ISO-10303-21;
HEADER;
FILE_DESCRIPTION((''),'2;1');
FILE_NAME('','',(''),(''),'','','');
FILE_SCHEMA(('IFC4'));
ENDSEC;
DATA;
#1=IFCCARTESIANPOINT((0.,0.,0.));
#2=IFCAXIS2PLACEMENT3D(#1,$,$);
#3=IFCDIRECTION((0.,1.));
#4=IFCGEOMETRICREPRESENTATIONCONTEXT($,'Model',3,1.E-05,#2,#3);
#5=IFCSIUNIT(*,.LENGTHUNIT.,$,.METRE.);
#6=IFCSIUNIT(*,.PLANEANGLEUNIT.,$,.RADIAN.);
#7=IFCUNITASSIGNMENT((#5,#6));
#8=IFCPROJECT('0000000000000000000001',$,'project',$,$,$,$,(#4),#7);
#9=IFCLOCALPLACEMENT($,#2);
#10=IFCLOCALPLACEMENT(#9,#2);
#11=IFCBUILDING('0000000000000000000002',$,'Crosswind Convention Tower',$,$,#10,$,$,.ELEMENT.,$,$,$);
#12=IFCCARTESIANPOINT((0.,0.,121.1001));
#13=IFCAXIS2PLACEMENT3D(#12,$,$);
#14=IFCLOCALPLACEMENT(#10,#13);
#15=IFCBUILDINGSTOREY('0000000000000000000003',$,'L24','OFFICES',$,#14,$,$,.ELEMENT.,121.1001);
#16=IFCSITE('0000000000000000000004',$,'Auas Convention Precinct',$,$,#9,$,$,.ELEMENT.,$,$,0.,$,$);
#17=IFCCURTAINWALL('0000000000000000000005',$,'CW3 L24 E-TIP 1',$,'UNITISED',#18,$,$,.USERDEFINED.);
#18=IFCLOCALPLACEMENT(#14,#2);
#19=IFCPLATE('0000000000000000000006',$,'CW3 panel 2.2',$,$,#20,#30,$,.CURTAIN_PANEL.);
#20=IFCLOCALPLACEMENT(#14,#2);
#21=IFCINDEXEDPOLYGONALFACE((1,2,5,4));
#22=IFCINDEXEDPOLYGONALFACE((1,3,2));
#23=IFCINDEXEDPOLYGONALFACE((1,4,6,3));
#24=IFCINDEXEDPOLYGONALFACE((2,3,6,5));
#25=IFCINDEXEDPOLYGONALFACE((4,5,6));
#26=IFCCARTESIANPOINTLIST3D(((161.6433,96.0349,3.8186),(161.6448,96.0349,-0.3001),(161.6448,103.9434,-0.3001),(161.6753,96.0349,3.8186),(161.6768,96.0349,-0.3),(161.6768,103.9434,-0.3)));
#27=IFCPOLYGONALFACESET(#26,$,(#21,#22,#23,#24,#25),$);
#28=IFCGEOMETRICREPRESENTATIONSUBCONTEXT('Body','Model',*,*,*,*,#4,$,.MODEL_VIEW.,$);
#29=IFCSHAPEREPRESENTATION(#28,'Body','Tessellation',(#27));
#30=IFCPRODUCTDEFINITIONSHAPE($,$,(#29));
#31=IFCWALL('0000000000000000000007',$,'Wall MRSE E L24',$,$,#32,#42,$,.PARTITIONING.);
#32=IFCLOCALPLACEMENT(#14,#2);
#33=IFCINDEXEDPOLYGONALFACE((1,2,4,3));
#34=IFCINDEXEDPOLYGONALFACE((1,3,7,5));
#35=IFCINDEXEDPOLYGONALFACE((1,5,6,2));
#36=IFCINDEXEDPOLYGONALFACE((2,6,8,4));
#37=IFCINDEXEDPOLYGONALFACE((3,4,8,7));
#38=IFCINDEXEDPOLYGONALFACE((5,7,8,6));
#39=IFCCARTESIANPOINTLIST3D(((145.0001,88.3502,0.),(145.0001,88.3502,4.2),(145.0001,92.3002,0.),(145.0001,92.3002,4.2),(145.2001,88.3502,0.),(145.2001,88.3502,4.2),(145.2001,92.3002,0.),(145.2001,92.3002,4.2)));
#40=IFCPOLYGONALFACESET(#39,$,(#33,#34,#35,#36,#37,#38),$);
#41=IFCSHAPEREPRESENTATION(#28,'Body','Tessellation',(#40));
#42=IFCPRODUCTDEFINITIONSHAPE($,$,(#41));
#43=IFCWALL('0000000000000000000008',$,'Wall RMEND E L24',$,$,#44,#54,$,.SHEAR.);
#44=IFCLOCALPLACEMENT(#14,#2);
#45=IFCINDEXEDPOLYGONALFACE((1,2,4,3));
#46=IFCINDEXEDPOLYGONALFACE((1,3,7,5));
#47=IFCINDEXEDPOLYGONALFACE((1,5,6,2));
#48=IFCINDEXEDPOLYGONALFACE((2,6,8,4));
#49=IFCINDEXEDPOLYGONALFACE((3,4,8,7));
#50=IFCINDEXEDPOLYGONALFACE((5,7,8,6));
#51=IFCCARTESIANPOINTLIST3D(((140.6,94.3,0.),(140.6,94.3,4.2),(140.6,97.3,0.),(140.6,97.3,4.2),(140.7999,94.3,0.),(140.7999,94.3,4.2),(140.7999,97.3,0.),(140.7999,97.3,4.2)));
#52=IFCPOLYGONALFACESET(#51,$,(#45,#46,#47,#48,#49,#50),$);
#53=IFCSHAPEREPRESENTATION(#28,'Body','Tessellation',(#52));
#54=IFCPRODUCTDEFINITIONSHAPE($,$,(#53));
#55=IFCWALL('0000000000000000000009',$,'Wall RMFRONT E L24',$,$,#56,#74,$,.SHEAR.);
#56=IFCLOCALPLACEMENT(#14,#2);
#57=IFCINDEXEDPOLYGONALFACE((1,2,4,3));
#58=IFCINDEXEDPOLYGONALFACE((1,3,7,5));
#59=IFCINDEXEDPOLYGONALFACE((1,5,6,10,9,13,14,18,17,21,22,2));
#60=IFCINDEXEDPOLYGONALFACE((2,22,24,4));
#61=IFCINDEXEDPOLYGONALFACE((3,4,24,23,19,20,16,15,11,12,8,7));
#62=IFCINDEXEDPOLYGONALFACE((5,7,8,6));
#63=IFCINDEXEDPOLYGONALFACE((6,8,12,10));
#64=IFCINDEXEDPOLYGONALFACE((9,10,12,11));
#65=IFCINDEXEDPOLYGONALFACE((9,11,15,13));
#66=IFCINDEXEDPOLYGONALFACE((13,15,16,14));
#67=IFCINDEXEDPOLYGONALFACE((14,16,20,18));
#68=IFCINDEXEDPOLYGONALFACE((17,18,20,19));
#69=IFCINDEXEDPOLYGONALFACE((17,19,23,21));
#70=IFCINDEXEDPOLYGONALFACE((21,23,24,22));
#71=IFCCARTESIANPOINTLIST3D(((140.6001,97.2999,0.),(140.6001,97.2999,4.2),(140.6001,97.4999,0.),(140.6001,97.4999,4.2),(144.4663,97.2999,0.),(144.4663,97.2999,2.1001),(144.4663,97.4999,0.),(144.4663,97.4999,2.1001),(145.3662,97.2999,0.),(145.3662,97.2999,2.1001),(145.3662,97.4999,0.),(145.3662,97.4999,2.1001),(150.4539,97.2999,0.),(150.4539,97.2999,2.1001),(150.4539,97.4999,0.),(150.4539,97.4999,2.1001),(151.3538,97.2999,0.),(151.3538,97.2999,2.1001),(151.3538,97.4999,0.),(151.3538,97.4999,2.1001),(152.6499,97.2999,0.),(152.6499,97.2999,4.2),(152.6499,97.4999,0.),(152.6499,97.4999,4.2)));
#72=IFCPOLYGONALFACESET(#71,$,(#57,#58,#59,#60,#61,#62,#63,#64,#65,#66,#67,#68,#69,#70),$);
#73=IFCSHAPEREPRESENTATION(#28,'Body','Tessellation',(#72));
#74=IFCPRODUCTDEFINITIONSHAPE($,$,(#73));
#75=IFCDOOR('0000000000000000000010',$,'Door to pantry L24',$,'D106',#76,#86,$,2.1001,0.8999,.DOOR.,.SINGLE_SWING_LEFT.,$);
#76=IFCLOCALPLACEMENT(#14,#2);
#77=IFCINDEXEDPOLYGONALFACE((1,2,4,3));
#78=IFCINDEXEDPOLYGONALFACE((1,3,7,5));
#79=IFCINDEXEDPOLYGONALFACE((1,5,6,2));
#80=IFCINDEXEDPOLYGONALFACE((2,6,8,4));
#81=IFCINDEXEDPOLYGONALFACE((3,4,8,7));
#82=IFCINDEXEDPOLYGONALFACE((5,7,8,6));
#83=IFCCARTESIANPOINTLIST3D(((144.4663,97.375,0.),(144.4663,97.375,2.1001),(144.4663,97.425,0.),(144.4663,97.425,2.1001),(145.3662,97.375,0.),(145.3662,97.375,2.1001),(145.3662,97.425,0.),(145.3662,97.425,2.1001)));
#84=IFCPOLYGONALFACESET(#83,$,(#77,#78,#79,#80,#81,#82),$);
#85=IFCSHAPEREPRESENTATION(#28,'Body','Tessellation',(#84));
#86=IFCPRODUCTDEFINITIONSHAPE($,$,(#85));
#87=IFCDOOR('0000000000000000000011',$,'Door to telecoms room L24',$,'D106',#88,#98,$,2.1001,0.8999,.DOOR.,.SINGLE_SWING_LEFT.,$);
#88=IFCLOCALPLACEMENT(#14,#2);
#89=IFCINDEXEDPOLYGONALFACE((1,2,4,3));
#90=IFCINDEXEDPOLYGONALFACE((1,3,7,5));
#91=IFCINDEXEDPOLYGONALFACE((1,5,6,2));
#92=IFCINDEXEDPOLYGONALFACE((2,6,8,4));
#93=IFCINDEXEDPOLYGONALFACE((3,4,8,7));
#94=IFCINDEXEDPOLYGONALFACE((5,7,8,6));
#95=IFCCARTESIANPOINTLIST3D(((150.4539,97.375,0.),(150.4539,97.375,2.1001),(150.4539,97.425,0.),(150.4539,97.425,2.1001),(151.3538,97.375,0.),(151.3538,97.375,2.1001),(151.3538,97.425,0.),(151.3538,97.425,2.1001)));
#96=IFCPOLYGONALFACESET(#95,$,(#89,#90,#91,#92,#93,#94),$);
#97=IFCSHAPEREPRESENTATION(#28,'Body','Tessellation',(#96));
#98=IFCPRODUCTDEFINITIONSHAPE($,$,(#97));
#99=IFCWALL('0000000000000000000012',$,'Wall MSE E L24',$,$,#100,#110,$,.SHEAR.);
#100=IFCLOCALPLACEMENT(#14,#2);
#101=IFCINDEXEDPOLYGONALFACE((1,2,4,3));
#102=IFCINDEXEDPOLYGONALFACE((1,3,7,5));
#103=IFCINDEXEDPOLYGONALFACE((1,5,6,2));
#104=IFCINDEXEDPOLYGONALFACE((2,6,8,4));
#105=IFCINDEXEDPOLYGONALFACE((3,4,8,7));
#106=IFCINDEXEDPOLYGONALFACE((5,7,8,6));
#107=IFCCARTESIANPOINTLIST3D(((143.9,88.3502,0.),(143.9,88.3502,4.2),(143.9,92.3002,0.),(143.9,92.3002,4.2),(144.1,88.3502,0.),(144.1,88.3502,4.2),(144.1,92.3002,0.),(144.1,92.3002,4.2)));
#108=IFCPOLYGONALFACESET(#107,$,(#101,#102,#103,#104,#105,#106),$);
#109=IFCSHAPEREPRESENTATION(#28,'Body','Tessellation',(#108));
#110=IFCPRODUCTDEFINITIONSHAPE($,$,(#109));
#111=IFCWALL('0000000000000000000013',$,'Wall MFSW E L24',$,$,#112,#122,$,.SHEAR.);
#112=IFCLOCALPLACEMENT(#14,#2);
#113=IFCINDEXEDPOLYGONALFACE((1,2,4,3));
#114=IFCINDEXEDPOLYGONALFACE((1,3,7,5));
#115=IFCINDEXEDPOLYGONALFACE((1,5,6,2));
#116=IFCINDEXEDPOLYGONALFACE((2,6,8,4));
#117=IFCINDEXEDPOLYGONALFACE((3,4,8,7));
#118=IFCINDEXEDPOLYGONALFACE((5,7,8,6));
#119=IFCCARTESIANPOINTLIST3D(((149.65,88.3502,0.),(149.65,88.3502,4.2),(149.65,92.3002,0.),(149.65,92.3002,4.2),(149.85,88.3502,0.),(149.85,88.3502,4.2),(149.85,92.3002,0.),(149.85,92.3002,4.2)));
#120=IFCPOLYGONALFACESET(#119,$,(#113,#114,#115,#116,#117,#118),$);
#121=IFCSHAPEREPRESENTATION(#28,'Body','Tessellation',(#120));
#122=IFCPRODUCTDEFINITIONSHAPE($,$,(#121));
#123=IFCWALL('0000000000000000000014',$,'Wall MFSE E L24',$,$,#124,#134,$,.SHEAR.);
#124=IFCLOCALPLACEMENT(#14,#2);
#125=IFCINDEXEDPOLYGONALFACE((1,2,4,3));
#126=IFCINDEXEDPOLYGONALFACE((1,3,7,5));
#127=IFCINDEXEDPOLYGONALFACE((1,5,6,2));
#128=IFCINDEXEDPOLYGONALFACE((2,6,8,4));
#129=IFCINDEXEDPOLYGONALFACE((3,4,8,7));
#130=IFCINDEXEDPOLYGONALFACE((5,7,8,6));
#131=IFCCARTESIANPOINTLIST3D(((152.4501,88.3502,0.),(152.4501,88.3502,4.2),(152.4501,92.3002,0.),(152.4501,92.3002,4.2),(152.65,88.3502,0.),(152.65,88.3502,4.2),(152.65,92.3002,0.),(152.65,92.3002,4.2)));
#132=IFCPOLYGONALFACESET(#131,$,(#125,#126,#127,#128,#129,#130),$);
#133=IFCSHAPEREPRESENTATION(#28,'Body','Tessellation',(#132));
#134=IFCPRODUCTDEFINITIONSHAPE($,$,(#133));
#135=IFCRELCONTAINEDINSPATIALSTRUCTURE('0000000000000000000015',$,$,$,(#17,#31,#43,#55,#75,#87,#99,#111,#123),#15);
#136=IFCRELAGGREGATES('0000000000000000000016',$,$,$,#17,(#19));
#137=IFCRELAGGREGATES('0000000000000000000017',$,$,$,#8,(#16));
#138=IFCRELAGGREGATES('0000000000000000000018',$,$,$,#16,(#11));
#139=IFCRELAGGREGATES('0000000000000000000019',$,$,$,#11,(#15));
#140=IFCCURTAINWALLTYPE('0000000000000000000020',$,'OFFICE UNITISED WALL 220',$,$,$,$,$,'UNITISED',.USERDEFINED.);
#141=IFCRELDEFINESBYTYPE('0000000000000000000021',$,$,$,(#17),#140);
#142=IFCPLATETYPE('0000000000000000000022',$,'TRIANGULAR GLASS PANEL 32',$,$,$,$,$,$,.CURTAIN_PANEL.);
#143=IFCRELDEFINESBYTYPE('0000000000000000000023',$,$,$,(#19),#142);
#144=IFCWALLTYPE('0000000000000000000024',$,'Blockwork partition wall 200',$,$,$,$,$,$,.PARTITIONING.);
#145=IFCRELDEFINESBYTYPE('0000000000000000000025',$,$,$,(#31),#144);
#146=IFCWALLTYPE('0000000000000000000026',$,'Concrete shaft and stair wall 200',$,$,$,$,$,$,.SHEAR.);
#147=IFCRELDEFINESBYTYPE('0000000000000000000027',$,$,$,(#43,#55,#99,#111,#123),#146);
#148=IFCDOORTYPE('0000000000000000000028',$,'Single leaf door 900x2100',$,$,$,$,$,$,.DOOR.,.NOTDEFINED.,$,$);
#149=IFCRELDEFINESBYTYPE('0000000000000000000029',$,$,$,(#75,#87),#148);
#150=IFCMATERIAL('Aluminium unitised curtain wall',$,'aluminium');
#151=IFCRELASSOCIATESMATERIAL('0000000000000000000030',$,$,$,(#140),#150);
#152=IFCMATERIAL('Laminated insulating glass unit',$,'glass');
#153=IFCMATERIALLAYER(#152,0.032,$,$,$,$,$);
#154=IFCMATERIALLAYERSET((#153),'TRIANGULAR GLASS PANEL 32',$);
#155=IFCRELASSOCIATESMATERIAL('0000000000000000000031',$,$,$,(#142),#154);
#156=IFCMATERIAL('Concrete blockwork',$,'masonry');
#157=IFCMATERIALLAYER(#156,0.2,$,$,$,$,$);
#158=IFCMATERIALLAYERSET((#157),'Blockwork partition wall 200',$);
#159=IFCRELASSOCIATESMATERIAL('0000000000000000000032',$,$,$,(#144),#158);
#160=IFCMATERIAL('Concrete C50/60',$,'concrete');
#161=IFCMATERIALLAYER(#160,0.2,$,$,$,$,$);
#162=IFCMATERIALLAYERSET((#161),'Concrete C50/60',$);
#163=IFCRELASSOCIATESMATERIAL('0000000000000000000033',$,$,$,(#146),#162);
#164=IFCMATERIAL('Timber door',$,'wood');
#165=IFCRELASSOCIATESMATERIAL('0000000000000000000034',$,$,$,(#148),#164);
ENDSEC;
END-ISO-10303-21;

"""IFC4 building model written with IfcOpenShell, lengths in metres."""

from ifc_helpers import new_model, si_unit, direction, frame, frame_2d, origin, place, context, subcontext, project, spatial, polyline, rectangle, outline, extrude, material, layer, layer_set, type_object, element, fill, aggregate, save


model = new_model("IFC4")

# Units and contexts
model_context = context("Model", 3, precision=1e-05, world=origin(), true_north=direction((0.0, 1.0)))
body_context = subcontext(model_context, "Body", "Model", "MODEL_VIEW")
ifc_project = project(units=[si_unit("LENGTHUNIT", "METRE"), si_unit("PLANEANGLEUNIT", "RADIAN")], contexts=[model_context])

# Site, building, storey
site_placement = place(None, origin())
site = spatial("IfcSite", under=ifc_project, at=site_placement, Name="Auas Convention Precinct", CompositionType="ELEMENT", RefElevation=0.0)
building_placement = place(site_placement, origin())
building = spatial("IfcBuilding", under=site, at=building_placement, Name="Crosswind Convention Tower", CompositionType="ELEMENT")
storey_placement = place(building_placement, frame((0.0, 0.0, 121.1001)))
storey = spatial("IfcBuildingStorey", under=building, at=storey_placement, Name="L24", Description="OFFICES", CompositionType="ELEMENT", Elevation=121.1001)

# Curtain wall
ifc_material_1 = material(Name="Aluminium unitised curtain wall", Category="aluminium")
curtain_wall_type = type_object("IfcCurtainWallType", Name="OFFICE UNITISED WALL 220", ElementType="UNITISED", PredefinedType="USERDEFINED", material=ifc_material_1)
curtain_wall_placement = place(storey_placement, origin())
curtain_wall = element("IfcCurtainWall", 1, at=curtain_wall_placement, inside=storey, type_object=curtain_wall_type, Name="CW3 L24 E-TIP 1", ObjectType="UNITISED", PredefinedType="USERDEFINED")

# Plate
ifc_material_2 = material(Name="Laminated insulating glass unit", Category="glass")
ifc_layer_1 = layer(ifc_material_2, 0.032)
ifc_layer_set_1 = layer_set([ifc_layer_1], Name="TRIANGULAR GLASS PANEL 32")
plate_type = type_object("IfcPlateType", Name="TRIANGULAR GLASS PANEL 32", PredefinedType="CURTAIN_PANEL", material=ifc_layer_set_1)
plate_1_placement = place(storey_placement, frame((161.6768, 96.0349, -0.3), z_axis=(1.0, 0.0, 0.000356), x_axis=(0.0, 1.0, 0.0)))
plate_1 = element("IfcPlate", 2, at=plate_1_placement, type_object=plate_type, Name="CW3 panel 2.2", PredefinedType="CURTAIN_PANEL", context=body_context, shape_type="SweptSolid", body=[
    extrude(outline(polyline([(0.0, 0.0), (7.9084, 0.0), (0.0, 4.1187), (0.0, 0.0)])), origin(), (0.0, 0.0, -1.0), 0.032),
])
aggregate(curtain_wall, [plate_1])

# Wall
ifc_material_3 = material(Name="Concrete blockwork", Category="masonry")
ifc_layer_2 = layer(ifc_material_3, 0.2)
ifc_layer_set_2 = layer_set([ifc_layer_2], Name="Blockwork partition wall 200")
wall_type_1 = type_object("IfcWallType", Name="Blockwork partition wall 200", PredefinedType="PARTITIONING", material=ifc_layer_set_2)
wall_1_placement = place(storey_placement, frame((145.1001, 88.3501, 0.0), z_axis=(0.0, 0.0, 1.0), x_axis=(0.0, 1.0, 0.0)))
element("IfcWall", 3, at=wall_1_placement, inside=storey, type_object=wall_type_1, Name="Wall MRSE E L24", PredefinedType="PARTITIONING", context=body_context, shape_type="SweptSolid", body=[
    extrude(rectangle(XDim=3.95, YDim=0.2, at=frame_2d((1.9751, 0.0))), origin(), (0.0, 0.0, 1.0), 4.2),
])

# Wall
ifc_material_4 = material(Name="Concrete C50/60", Category="concrete")
ifc_layer_3 = layer(ifc_material_4, 0.2)
ifc_layer_set_3 = layer_set([ifc_layer_3], Name="Concrete C50/60")
wall_type_2 = type_object("IfcWallType", Name="Concrete shaft and stair wall 200", PredefinedType="SHEAR", material=ifc_layer_set_3)
wall_2_placement = place(storey_placement, frame((140.7, 94.3, 0.0), z_axis=(0.0, 0.0, 1.0), x_axis=(0.0, 1.0, 0.0)))
element("IfcWall", 4, at=wall_2_placement, inside=storey, type_object=wall_type_2, Name="Wall RMEND E L24", PredefinedType="SHEAR", context=body_context, shape_type="SweptSolid", body=[
    extrude(rectangle(XDim=3.0, YDim=0.2, at=frame_2d((1.5, 0.0))), origin(), (0.0, 0.0, 1.0), 4.2),
])

# Wall, openings, doors
wall_3_placement = place(storey_placement, frame((140.6001, 97.3999, 0.0), z_axis=(0.0, 0.0, 1.0), x_axis=(1.0, 0.0, 0.0)))
wall_3 = element("IfcWall", 5, at=wall_3_placement, inside=storey, type_object=wall_type_2, Name="Wall RMFRONT E L24", PredefinedType="SHEAR", context=body_context, shape_type="SweptSolid", body=[
    extrude(rectangle(XDim=12.0498, YDim=0.2, at=frame_2d((6.0249, 0.0))), origin(), (0.0, 0.0, 1.0), 4.2),
])
opening_1_placement = place(wall_3_placement, frame((3.8662, 0.0, 0.0)))
opening_1 = element("IfcOpeningElement", 6, at=opening_1_placement, cuts=wall_3, PredefinedType="OPENING", context=body_context, shape_type="SweptSolid", body=[
    extrude(rectangle(XDim=0.8999, YDim=2.1001, at=frame_2d((0.45, 1.05))), frame((0.0, 0.1099, 0.0), z_axis=(0.0, -1.0, 0.0), x_axis=(1.0, 0.0, 0.0)), (0.0, 0.0, 1.0), 0.22),
])
opening_2_placement = place(wall_3_placement, frame((9.8538, 0.0, 0.0)))
opening_2 = element("IfcOpeningElement", 7, at=opening_2_placement, cuts=wall_3, PredefinedType="OPENING", context=body_context, shape_type="SweptSolid", body=[
    extrude(rectangle(XDim=0.8999, YDim=2.1001, at=frame_2d((0.45, 1.05))), frame((0.0, 0.1099, 0.0), z_axis=(0.0, -1.0, 0.0), x_axis=(1.0, 0.0, 0.0)), (0.0, 0.0, 1.0), 0.22),
])
ifc_material_5 = material(Name="Timber door", Category="wood")
door_type_1 = type_object("IfcDoorType", Name="Single leaf door 900x2100", OperationType="NOTDEFINED", PredefinedType="DOOR", material=ifc_material_5)
door_1_placement = place(opening_1_placement, frame((0.8999, 0.0, 0.0), z_axis=(0.0, 0.0, 1.0), x_axis=(-1.0, 0.0, 0.0)))
door_1 = element("IfcDoor", 8, at=door_1_placement, inside=storey, type_object=door_type_1, Name="Door to pantry L24", ObjectType="D106", OperationType="SINGLE_SWING_LEFT", OverallHeight=2.1001, OverallWidth=0.8999, PredefinedType="DOOR", context=body_context, shape_type="SweptSolid", body=[
    extrude(rectangle(XDim=0.8999, YDim=2.1001, at=frame_2d((0.45, 1.05))), frame((0.0, 0.0249, 0.0), z_axis=(0.0, -1.0, 0.0), x_axis=(1.0, 0.0, 0.0)), (0.0, 0.0, 1.0), 0.05),
])
fill(opening_1, door_1)
door_2_placement = place(opening_2_placement, frame((0.8999, 0.0, 0.0), z_axis=(0.0, 0.0, 1.0), x_axis=(-1.0, 0.0, 0.0)))
door_2 = element("IfcDoor", 9, at=door_2_placement, inside=storey, type_object=door_type_1, Name="Door to telecoms room L24", ObjectType="D106", OperationType="SINGLE_SWING_LEFT", OverallHeight=2.1001, OverallWidth=0.8999, PredefinedType="DOOR", context=body_context, shape_type="SweptSolid", body=[
    extrude(rectangle(XDim=0.8999, YDim=2.1001, at=frame_2d((0.45, 1.05))), frame((0.0, 0.0249, 0.0), z_axis=(0.0, -1.0, 0.0), x_axis=(1.0, 0.0, 0.0)), (0.0, 0.0, 1.0), 0.05),
])
fill(opening_2, door_2)

# Walls
for number, where, z_axis, x_axis, name in (
    (10, (144.0, 88.3501, 0.0), (0.0, 0.0, 1.0), (0.0, 1.0, 0.0), "Wall MSE E L24"),
    (11, (149.75, 88.3501, 0.0), (0.0, 0.0, 1.0), (0.0, 1.0, 0.0), "Wall MFSW E L24"),
    (12, (152.55, 88.3501, 0.0), (0.0, 0.0, 1.0), (0.0, 1.0, 0.0), "Wall MFSE E L24"),
):
    element("IfcWall", number, at=place(storey_placement, frame(where, z_axis=z_axis, x_axis=x_axis)), inside=storey, type_object=wall_type_2, Name=name, PredefinedType="SHEAR", context=body_context, shape_type="SweptSolid", body=[
        extrude(rectangle(XDim=3.95, YDim=0.2, at=frame_2d((1.9751, 0.0))), origin(), (0.0, 0.0, 1.0), 4.2),
    ])

save(model, "model.ifc")
